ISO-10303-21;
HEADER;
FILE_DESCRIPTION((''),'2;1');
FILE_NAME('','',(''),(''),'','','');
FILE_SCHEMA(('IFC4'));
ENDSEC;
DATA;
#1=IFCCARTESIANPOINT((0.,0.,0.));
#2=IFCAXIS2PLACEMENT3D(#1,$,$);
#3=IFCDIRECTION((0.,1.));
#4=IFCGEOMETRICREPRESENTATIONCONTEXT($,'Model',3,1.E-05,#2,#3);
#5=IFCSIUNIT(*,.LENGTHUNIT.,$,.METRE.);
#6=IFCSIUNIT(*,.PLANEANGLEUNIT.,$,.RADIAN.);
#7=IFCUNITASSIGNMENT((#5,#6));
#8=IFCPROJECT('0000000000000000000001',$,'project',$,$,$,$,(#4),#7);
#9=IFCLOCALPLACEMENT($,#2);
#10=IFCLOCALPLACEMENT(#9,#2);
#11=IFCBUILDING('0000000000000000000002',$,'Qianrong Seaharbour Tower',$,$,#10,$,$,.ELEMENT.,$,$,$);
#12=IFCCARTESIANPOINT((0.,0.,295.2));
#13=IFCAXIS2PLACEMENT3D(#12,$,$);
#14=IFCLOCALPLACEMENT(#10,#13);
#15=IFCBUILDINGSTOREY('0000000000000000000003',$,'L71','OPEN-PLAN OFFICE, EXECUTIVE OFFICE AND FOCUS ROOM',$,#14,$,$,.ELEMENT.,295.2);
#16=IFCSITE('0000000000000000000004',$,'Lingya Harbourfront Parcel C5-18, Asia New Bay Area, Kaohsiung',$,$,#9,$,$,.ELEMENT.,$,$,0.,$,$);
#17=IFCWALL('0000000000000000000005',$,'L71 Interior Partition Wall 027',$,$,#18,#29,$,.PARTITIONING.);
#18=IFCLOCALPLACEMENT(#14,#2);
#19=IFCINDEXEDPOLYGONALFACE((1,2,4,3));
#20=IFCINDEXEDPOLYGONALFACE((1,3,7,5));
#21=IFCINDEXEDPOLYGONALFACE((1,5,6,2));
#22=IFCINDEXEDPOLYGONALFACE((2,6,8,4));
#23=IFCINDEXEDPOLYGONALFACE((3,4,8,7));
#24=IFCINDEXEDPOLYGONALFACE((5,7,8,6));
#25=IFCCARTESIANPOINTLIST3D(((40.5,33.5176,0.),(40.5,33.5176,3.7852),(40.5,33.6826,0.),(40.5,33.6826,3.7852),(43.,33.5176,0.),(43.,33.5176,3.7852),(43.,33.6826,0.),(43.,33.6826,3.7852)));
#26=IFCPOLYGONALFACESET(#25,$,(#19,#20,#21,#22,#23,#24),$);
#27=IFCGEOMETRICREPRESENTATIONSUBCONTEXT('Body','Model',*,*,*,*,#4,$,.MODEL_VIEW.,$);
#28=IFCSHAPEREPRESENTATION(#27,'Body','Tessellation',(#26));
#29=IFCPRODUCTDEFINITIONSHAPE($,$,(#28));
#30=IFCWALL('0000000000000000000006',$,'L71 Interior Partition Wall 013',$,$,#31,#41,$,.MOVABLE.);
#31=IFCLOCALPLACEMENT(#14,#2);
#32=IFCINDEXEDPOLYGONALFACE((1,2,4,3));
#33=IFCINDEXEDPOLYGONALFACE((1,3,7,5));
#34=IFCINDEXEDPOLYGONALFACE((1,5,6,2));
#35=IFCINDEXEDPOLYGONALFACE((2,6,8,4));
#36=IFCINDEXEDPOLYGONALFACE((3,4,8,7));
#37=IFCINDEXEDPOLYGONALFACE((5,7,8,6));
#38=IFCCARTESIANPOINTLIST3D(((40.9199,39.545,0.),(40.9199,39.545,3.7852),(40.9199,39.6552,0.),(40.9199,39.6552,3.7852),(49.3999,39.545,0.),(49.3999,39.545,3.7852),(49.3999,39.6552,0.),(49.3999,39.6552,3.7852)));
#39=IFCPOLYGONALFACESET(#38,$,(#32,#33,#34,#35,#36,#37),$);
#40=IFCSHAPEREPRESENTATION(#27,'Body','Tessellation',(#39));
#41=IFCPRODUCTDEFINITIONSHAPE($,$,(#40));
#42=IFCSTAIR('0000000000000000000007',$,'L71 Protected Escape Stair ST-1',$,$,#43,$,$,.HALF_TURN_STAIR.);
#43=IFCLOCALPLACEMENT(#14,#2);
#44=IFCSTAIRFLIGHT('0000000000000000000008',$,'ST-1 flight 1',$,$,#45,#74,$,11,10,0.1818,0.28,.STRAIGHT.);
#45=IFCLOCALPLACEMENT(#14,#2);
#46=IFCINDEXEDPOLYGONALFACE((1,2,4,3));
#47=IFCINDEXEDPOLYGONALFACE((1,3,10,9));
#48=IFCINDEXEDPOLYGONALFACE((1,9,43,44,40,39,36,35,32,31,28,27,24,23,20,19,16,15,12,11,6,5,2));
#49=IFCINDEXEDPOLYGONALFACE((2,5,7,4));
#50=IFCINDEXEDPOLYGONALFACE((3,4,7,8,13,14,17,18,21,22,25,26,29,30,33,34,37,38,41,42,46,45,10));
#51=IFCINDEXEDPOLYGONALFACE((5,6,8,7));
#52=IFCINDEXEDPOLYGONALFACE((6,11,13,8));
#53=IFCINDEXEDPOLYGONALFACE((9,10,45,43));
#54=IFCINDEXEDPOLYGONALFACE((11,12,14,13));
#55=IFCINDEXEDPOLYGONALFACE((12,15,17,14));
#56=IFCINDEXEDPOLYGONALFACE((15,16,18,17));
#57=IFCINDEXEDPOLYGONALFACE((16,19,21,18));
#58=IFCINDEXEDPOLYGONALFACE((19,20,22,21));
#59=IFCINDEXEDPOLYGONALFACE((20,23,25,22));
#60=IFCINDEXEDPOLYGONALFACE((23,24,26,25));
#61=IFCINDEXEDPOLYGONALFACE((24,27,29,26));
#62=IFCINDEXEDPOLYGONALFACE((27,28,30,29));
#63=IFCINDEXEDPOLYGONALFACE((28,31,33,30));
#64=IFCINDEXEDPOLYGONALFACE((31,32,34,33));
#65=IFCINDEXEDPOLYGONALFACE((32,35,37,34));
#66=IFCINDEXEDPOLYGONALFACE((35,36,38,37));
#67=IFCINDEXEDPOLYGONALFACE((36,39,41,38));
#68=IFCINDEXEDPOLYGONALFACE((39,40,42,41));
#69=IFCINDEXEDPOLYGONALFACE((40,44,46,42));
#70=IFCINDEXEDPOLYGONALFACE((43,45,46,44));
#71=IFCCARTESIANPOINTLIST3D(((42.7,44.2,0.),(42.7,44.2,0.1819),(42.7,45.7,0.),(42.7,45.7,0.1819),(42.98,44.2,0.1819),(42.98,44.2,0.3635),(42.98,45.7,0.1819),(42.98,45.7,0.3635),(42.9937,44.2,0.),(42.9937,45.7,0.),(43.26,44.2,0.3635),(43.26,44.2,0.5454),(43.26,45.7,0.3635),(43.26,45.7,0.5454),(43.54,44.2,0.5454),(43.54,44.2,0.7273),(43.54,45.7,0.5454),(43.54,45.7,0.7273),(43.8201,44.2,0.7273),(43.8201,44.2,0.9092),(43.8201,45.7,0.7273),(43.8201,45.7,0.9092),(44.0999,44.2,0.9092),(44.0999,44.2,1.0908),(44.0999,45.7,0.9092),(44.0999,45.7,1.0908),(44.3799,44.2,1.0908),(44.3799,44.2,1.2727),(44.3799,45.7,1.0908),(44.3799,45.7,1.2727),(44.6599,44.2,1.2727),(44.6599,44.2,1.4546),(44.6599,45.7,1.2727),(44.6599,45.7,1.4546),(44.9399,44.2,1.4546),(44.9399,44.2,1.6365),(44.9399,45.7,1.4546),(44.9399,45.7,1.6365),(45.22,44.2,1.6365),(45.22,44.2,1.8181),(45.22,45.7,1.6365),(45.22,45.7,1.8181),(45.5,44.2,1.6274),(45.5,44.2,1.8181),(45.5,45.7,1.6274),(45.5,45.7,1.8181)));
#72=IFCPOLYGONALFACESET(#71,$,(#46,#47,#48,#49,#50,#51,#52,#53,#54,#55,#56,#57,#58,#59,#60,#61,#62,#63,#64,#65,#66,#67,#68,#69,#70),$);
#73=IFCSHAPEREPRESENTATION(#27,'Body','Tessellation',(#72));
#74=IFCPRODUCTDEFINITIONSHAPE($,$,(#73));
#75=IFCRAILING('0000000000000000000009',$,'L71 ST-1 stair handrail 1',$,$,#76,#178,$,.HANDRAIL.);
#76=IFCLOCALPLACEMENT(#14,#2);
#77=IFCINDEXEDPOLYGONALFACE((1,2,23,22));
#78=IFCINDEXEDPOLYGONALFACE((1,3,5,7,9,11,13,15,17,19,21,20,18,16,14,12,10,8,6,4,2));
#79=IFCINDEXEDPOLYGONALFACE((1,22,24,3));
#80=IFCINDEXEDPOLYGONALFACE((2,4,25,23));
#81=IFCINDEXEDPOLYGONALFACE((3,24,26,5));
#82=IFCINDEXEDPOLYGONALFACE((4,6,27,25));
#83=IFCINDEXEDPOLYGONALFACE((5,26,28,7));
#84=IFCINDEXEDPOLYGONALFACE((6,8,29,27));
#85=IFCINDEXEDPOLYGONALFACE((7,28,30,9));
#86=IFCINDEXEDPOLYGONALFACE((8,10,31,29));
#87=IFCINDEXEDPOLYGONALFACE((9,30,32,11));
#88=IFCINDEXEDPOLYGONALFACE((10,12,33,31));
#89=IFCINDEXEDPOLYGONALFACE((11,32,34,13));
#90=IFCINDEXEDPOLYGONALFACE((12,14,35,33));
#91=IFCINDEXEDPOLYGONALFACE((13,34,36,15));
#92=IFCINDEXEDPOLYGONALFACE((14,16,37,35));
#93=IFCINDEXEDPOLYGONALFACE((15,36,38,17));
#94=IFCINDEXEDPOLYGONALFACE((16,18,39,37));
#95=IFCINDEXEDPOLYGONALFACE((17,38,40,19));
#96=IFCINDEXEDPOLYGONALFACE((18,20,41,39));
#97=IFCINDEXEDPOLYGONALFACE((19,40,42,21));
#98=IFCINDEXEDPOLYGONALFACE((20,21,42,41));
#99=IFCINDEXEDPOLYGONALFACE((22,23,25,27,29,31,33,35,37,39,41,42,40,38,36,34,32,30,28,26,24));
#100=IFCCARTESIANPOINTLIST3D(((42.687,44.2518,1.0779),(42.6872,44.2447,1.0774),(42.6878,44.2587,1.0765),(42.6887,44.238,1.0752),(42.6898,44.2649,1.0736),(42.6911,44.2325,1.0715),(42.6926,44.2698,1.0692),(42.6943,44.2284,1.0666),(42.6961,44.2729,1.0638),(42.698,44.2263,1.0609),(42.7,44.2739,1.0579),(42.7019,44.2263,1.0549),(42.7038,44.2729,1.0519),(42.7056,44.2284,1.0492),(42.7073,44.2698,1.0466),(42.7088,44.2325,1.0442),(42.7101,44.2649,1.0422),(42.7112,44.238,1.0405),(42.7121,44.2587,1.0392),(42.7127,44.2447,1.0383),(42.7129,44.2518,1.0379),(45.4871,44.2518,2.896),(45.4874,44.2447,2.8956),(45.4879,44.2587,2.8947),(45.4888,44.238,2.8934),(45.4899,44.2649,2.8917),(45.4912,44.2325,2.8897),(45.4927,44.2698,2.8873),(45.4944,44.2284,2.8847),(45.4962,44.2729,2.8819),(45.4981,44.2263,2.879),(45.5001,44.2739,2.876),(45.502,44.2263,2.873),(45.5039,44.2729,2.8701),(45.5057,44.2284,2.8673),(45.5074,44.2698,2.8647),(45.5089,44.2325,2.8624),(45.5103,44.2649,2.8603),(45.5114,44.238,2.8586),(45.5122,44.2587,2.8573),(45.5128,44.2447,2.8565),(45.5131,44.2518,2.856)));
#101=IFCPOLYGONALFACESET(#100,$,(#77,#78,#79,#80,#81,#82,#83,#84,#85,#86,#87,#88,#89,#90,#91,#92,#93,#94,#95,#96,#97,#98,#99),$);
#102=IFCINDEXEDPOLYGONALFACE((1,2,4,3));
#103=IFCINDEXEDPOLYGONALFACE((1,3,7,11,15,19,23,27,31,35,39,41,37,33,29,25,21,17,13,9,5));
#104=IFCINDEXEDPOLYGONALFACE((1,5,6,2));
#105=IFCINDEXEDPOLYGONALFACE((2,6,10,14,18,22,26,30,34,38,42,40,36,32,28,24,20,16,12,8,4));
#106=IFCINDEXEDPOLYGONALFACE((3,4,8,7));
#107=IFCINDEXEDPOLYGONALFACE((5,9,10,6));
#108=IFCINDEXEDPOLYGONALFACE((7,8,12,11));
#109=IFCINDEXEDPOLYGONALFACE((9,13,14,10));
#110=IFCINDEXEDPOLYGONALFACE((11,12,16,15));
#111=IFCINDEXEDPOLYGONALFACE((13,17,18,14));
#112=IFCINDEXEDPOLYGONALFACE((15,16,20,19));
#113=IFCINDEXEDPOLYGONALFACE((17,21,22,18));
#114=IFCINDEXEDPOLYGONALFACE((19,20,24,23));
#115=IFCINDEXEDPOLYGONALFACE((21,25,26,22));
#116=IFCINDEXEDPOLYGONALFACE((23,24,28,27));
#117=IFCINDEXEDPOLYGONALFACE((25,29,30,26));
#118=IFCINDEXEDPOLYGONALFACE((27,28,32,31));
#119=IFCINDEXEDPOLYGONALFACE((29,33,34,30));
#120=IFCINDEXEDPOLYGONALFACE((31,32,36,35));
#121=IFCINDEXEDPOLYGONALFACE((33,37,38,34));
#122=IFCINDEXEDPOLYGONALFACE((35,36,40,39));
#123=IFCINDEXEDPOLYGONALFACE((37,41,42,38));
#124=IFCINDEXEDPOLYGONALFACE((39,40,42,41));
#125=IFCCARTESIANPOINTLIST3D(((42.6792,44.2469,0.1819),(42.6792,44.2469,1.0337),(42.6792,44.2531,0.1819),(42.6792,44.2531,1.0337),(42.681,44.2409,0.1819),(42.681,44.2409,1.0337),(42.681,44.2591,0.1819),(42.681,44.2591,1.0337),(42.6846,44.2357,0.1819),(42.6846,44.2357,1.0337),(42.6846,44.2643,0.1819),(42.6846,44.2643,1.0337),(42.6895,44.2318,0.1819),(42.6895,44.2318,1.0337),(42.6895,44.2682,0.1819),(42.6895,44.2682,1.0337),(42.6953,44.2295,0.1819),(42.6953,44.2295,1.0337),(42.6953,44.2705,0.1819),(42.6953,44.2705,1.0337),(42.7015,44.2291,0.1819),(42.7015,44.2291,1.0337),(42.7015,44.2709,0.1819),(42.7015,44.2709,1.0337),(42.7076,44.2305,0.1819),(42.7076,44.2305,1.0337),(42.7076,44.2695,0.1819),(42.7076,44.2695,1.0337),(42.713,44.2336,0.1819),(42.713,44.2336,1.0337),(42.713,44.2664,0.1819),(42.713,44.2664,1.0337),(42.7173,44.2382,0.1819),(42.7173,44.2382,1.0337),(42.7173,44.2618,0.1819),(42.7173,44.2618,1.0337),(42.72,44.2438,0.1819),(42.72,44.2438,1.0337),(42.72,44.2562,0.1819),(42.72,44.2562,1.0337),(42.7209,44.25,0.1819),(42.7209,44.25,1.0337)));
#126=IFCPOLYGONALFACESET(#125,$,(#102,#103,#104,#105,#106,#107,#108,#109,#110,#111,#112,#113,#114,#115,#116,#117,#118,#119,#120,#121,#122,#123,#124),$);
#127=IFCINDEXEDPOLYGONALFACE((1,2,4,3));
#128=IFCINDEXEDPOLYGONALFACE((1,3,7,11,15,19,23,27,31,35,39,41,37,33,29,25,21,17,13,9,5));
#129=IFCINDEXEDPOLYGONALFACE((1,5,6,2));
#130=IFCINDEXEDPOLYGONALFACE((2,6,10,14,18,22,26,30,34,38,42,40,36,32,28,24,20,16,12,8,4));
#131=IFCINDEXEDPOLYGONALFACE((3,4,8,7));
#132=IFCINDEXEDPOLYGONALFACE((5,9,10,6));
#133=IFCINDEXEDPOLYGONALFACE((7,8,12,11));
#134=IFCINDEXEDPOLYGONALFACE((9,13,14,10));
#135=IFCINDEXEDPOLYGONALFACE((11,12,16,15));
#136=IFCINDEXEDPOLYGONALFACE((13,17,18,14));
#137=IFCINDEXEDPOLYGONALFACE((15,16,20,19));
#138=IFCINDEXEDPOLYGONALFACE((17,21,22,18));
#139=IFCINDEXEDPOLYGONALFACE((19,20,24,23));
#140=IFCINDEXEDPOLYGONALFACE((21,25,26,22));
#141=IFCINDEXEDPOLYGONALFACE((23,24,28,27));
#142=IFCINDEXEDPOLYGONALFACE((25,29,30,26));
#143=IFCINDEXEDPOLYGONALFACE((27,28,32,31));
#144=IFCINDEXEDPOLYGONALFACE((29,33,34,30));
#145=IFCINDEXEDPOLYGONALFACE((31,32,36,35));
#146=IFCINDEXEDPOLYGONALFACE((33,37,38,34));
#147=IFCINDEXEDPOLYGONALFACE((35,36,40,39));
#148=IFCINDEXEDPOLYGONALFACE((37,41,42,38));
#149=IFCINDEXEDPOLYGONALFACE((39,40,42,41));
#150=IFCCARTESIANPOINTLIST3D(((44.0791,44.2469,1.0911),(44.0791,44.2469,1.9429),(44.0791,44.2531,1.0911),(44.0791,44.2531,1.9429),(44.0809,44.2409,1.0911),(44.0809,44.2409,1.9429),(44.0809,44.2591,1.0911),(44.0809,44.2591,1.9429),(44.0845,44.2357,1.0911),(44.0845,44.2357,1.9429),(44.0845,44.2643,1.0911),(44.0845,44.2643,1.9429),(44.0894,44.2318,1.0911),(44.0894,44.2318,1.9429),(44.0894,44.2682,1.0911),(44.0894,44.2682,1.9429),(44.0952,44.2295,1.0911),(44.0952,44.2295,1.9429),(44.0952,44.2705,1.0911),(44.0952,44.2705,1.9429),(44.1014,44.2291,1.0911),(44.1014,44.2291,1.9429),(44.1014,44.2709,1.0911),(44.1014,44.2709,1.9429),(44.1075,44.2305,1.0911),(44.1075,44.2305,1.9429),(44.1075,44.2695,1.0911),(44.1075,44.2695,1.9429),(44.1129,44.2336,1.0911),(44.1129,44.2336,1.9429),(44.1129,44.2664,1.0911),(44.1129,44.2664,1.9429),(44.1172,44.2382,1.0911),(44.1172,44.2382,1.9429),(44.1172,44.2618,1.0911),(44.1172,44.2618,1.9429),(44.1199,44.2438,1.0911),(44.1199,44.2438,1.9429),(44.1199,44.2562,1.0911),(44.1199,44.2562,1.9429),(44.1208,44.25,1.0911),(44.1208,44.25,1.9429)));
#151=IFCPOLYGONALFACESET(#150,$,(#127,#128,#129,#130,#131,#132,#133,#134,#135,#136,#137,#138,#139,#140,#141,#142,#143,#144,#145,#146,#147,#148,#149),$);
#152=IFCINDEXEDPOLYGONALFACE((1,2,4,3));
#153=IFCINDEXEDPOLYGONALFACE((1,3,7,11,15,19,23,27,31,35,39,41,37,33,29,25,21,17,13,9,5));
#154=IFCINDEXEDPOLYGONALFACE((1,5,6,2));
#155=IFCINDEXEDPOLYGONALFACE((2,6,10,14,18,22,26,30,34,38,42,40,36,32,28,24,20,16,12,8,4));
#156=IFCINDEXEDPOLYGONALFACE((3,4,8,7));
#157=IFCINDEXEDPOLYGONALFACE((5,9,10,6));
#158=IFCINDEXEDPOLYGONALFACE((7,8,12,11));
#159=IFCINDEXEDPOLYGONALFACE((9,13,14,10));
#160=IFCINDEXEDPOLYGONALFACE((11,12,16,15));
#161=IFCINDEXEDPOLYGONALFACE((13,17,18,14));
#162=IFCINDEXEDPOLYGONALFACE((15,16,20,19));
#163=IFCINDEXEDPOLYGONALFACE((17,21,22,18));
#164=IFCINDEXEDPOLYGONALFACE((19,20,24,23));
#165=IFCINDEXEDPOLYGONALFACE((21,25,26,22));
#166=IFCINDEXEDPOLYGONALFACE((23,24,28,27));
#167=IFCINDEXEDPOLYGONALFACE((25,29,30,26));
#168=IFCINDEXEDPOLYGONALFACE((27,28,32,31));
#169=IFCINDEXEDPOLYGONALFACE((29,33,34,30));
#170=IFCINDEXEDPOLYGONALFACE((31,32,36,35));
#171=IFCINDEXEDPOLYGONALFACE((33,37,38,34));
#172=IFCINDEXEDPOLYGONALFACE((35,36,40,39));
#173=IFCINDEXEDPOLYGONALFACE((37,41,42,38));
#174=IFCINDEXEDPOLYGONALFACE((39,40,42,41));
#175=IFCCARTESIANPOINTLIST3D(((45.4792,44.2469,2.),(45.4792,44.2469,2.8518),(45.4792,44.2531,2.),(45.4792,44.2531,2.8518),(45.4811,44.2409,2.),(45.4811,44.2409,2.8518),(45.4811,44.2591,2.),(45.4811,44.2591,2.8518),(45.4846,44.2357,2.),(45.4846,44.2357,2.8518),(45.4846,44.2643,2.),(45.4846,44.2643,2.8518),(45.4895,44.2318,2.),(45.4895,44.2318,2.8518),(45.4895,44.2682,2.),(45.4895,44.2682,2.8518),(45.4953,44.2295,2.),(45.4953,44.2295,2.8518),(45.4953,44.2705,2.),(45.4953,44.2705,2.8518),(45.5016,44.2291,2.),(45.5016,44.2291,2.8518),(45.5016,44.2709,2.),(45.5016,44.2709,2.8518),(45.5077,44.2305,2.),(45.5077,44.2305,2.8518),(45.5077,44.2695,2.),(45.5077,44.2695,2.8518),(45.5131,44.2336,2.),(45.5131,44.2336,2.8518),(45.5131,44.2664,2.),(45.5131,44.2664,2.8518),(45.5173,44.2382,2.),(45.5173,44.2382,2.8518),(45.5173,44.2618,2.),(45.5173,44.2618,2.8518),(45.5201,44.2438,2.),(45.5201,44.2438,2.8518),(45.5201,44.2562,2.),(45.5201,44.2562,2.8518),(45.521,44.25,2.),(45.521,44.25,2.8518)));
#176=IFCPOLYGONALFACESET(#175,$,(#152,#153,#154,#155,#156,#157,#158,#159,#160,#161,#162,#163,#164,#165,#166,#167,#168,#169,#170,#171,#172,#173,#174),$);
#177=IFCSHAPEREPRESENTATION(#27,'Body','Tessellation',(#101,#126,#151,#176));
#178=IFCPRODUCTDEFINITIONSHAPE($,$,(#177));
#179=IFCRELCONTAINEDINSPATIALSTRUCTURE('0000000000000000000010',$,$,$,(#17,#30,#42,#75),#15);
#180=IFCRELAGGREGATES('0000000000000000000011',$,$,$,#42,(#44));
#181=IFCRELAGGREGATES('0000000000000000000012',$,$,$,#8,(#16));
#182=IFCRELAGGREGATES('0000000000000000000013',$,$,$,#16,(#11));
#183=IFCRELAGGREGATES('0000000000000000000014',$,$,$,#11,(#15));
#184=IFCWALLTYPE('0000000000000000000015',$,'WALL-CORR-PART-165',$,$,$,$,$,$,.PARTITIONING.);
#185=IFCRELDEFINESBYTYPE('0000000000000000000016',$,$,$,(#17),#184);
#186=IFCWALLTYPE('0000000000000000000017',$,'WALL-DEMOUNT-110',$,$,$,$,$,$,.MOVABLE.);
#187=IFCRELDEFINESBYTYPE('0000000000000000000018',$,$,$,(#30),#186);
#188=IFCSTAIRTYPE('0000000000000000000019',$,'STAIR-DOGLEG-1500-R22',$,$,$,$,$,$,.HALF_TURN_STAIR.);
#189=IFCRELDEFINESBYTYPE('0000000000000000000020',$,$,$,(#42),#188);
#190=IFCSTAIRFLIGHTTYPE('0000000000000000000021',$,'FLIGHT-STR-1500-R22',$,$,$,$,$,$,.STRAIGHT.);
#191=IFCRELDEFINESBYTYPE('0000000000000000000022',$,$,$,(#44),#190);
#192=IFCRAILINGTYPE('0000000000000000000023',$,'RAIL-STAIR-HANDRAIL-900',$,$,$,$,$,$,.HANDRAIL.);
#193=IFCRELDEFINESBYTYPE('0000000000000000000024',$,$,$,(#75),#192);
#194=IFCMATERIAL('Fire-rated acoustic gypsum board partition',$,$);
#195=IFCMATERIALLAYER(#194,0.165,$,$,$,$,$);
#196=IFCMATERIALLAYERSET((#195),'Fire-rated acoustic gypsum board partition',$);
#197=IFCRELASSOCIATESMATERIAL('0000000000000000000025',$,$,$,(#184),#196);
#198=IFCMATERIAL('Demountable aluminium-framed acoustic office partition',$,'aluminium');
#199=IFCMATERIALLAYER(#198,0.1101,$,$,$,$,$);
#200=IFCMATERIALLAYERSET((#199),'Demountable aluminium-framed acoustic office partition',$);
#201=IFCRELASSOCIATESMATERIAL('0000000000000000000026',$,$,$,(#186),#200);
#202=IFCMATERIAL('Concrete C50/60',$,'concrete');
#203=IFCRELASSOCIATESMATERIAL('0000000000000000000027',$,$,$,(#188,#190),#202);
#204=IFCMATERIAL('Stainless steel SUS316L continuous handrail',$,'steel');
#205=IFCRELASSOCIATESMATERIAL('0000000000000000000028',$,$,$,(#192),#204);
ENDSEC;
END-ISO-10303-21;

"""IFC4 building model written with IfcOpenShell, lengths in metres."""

from ifc_helpers import new_model, si_unit, direction, frame, frame_2d, origin, origin_2d, place, context, subcontext, project, spatial, polyline, rectangle, circle, outline, extrude, material, layer, layer_set, type_object, element, aggregate, save


model = new_model("IFC4")

# Units and contexts
model_context = context("Model", 3, precision=1e-05, world=origin(), true_north=direction((0.0, 1.0)))
body_context = subcontext(model_context, "Body", "Model", "MODEL_VIEW")
ifc_project = project(units=[si_unit("LENGTHUNIT", "METRE"), si_unit("PLANEANGLEUNIT", "RADIAN")], contexts=[model_context])

# Site, building, storey
site_placement = place(None, origin())
site = spatial("IfcSite", under=ifc_project, at=site_placement, Name="Lingya Harbourfront Parcel C5-18, Asia New Bay Area, Kaohsiung", CompositionType="ELEMENT", RefElevation=0.0)
building_placement = place(site_placement, origin())
building = spatial("IfcBuilding", under=site, at=building_placement, Name="Qianrong Seaharbour Tower", CompositionType="ELEMENT")
storey_placement = place(building_placement, frame((0.0, 0.0, 295.2)))
storey = spatial("IfcBuildingStorey", under=building, at=storey_placement, Name="L71", Description="OPEN-PLAN OFFICE, EXECUTIVE OFFICE AND FOCUS ROOM", CompositionType="ELEMENT", Elevation=295.2)

# Shared definitions
ifc_material_1 = material(Name="Concrete C50/60", Category="concrete")

# Shared definitions
ifc_material_2 = material(Name="Fire-rated acoustic gypsum board partition")
ifc_layer_1 = layer(ifc_material_2, 0.165)
ifc_layer_set_1 = layer_set([ifc_layer_1], Name="Fire-rated acoustic gypsum board partition")
wall_type_1 = type_object("IfcWallType", Name="WALL-CORR-PART-165", PredefinedType="PARTITIONING", material=ifc_layer_set_1)

# Walls
wall_1_placement = place(storey_placement, frame((43.0, 33.6001, 0.0), z_axis=(0.0, 0.0, 1.0), x_axis=(-1.0, 0.0, 0.0)))
element("IfcWall", 1, at=wall_1_placement, inside=storey, type_object=wall_type_1, Name="L71 Interior Partition Wall 027", PredefinedType="PARTITIONING", context=body_context, shape_type="SweptSolid", body=[
    extrude(rectangle(XDim=2.5, YDim=0.165, at=frame_2d((1.25, 0.0))), origin(), (0.0, 0.0, 1.0), 3.7852),
])
ifc_material_3 = material(Name="Demountable aluminium-framed acoustic office partition", Category="aluminium")
ifc_layer_2 = layer(ifc_material_3, 0.1101)
ifc_layer_set_2 = layer_set([ifc_layer_2], Name="Demountable aluminium-framed acoustic office partition")
wall_type_2 = type_object("IfcWallType", Name="WALL-DEMOUNT-110", PredefinedType="MOVABLE", material=ifc_layer_set_2)
wall_2_placement = place(storey_placement, frame((40.9199, 39.6001, 0.0), z_axis=(0.0, 0.0, 1.0), x_axis=(1.0, 0.0, 0.0)))
element("IfcWall", 2, at=wall_2_placement, inside=storey, type_object=wall_type_2, Name="L71 Interior Partition Wall 013", PredefinedType="MOVABLE", context=body_context, shape_type="SweptSolid", body=[
    extrude(rectangle(XDim=8.48, YDim=0.1101, at=frame_2d((4.24, 0.0))), origin(), (0.0, 0.0, 1.0), 3.7852),
])

# Stair, stair flight
stair_type = type_object("IfcStairType", Name="STAIR-DOGLEG-1500-R22", PredefinedType="HALF_TURN_STAIR", material=ifc_material_1)
stair_placement = place(storey_placement, origin())
stair = element("IfcStair", 3, at=stair_placement, inside=storey, type_object=stair_type, Name="L71 Protected Escape Stair ST-1", PredefinedType="HALF_TURN_STAIR")
stair_flight_type = type_object("IfcStairFlightType", Name="FLIGHT-STR-1500-R22", PredefinedType="STRAIGHT", material=ifc_material_1)
stair_flight_placement = place(storey_placement, frame((42.7, 44.95, 0.0), z_axis=(0.0, 0.0, 1.0), x_axis=(1.0, 0.0, 0.0)))
stair_flight = element("IfcStairFlight", 4, at=stair_flight_placement, type_object=stair_flight_type, Name="ST-1 flight 1", NumberOfRisers=11, NumberOfTreads=10, PredefinedType="STRAIGHT", RiserHeight=0.1818, TreadLength=0.28, context=body_context, shape_type="SweptSolid", body=[
    extrude(outline(polyline([(0.0, 0.0), (0.0, 0.1819), (0.28, 0.1819), (0.28, 0.3635), (0.5601, 0.3635), (0.5601, 0.5454), (0.8401, 0.5454), (0.8401, 0.7273), (1.1201, 0.7273), (1.1201, 0.9092), (1.3999, 0.9092), (1.3999, 1.0908), (1.6799, 1.0908), (1.6799, 1.2727), (1.96, 1.2727), (1.96, 1.4546), (2.24, 1.4546), (2.24, 1.6365), (2.52, 1.6365), (2.52, 1.8181), (2.8, 1.8181), (2.8, 2.0), (2.8, 1.6274), (0.2937, 0.0), (0.0, 0.0)])), frame((0.0, 0.75, 0.0), z_axis=(0.0, -1.0, 0.0), x_axis=(1.0, 0.0, 0.0)), (0.0, 0.0, 1.0), 1.5),
])
aggregate(stair, [stair_flight])

# Railing
ifc_material_4 = material(Name="Stainless steel SUS316L continuous handrail", Category="steel")
railing_type = type_object("IfcRailingType", Name="RAIL-STAIR-HANDRAIL-900", PredefinedType="HANDRAIL", material=ifc_material_4)
railing_placement = place(storey_placement, frame((42.7, 44.25, 0.1819)))
element("IfcRailing", 5, at=railing_placement, inside=storey, type_object=railing_type, Name="L71 ST-1 stair handrail 1", PredefinedType="HANDRAIL", context=body_context, shape_type="SweptSolid", body=[
    extrude(circle(Radius=0.0239, at=origin_2d()), frame((0.0, 0.0, 0.876), z_axis=(0.838706, 0.0, 0.544585), x_axis=(0.0, 1.0, 0.0)), (0.0, 0.0, 1.0), 3.3386),
    extrude(circle(Radius=0.021, at=origin_2d()), origin(), (0.0, 0.0, 1.0), 0.8518),
    extrude(circle(Radius=0.021, at=origin_2d()), frame((1.3999, 0.0, 0.9092)), (0.0, 0.0, 1.0), 0.8518),
    extrude(circle(Radius=0.021, at=origin_2d()), frame((2.8, 0.0, 1.8181)), (0.0, 0.0, 1.0), 0.8518),
])

save(model, "model.ifc")
